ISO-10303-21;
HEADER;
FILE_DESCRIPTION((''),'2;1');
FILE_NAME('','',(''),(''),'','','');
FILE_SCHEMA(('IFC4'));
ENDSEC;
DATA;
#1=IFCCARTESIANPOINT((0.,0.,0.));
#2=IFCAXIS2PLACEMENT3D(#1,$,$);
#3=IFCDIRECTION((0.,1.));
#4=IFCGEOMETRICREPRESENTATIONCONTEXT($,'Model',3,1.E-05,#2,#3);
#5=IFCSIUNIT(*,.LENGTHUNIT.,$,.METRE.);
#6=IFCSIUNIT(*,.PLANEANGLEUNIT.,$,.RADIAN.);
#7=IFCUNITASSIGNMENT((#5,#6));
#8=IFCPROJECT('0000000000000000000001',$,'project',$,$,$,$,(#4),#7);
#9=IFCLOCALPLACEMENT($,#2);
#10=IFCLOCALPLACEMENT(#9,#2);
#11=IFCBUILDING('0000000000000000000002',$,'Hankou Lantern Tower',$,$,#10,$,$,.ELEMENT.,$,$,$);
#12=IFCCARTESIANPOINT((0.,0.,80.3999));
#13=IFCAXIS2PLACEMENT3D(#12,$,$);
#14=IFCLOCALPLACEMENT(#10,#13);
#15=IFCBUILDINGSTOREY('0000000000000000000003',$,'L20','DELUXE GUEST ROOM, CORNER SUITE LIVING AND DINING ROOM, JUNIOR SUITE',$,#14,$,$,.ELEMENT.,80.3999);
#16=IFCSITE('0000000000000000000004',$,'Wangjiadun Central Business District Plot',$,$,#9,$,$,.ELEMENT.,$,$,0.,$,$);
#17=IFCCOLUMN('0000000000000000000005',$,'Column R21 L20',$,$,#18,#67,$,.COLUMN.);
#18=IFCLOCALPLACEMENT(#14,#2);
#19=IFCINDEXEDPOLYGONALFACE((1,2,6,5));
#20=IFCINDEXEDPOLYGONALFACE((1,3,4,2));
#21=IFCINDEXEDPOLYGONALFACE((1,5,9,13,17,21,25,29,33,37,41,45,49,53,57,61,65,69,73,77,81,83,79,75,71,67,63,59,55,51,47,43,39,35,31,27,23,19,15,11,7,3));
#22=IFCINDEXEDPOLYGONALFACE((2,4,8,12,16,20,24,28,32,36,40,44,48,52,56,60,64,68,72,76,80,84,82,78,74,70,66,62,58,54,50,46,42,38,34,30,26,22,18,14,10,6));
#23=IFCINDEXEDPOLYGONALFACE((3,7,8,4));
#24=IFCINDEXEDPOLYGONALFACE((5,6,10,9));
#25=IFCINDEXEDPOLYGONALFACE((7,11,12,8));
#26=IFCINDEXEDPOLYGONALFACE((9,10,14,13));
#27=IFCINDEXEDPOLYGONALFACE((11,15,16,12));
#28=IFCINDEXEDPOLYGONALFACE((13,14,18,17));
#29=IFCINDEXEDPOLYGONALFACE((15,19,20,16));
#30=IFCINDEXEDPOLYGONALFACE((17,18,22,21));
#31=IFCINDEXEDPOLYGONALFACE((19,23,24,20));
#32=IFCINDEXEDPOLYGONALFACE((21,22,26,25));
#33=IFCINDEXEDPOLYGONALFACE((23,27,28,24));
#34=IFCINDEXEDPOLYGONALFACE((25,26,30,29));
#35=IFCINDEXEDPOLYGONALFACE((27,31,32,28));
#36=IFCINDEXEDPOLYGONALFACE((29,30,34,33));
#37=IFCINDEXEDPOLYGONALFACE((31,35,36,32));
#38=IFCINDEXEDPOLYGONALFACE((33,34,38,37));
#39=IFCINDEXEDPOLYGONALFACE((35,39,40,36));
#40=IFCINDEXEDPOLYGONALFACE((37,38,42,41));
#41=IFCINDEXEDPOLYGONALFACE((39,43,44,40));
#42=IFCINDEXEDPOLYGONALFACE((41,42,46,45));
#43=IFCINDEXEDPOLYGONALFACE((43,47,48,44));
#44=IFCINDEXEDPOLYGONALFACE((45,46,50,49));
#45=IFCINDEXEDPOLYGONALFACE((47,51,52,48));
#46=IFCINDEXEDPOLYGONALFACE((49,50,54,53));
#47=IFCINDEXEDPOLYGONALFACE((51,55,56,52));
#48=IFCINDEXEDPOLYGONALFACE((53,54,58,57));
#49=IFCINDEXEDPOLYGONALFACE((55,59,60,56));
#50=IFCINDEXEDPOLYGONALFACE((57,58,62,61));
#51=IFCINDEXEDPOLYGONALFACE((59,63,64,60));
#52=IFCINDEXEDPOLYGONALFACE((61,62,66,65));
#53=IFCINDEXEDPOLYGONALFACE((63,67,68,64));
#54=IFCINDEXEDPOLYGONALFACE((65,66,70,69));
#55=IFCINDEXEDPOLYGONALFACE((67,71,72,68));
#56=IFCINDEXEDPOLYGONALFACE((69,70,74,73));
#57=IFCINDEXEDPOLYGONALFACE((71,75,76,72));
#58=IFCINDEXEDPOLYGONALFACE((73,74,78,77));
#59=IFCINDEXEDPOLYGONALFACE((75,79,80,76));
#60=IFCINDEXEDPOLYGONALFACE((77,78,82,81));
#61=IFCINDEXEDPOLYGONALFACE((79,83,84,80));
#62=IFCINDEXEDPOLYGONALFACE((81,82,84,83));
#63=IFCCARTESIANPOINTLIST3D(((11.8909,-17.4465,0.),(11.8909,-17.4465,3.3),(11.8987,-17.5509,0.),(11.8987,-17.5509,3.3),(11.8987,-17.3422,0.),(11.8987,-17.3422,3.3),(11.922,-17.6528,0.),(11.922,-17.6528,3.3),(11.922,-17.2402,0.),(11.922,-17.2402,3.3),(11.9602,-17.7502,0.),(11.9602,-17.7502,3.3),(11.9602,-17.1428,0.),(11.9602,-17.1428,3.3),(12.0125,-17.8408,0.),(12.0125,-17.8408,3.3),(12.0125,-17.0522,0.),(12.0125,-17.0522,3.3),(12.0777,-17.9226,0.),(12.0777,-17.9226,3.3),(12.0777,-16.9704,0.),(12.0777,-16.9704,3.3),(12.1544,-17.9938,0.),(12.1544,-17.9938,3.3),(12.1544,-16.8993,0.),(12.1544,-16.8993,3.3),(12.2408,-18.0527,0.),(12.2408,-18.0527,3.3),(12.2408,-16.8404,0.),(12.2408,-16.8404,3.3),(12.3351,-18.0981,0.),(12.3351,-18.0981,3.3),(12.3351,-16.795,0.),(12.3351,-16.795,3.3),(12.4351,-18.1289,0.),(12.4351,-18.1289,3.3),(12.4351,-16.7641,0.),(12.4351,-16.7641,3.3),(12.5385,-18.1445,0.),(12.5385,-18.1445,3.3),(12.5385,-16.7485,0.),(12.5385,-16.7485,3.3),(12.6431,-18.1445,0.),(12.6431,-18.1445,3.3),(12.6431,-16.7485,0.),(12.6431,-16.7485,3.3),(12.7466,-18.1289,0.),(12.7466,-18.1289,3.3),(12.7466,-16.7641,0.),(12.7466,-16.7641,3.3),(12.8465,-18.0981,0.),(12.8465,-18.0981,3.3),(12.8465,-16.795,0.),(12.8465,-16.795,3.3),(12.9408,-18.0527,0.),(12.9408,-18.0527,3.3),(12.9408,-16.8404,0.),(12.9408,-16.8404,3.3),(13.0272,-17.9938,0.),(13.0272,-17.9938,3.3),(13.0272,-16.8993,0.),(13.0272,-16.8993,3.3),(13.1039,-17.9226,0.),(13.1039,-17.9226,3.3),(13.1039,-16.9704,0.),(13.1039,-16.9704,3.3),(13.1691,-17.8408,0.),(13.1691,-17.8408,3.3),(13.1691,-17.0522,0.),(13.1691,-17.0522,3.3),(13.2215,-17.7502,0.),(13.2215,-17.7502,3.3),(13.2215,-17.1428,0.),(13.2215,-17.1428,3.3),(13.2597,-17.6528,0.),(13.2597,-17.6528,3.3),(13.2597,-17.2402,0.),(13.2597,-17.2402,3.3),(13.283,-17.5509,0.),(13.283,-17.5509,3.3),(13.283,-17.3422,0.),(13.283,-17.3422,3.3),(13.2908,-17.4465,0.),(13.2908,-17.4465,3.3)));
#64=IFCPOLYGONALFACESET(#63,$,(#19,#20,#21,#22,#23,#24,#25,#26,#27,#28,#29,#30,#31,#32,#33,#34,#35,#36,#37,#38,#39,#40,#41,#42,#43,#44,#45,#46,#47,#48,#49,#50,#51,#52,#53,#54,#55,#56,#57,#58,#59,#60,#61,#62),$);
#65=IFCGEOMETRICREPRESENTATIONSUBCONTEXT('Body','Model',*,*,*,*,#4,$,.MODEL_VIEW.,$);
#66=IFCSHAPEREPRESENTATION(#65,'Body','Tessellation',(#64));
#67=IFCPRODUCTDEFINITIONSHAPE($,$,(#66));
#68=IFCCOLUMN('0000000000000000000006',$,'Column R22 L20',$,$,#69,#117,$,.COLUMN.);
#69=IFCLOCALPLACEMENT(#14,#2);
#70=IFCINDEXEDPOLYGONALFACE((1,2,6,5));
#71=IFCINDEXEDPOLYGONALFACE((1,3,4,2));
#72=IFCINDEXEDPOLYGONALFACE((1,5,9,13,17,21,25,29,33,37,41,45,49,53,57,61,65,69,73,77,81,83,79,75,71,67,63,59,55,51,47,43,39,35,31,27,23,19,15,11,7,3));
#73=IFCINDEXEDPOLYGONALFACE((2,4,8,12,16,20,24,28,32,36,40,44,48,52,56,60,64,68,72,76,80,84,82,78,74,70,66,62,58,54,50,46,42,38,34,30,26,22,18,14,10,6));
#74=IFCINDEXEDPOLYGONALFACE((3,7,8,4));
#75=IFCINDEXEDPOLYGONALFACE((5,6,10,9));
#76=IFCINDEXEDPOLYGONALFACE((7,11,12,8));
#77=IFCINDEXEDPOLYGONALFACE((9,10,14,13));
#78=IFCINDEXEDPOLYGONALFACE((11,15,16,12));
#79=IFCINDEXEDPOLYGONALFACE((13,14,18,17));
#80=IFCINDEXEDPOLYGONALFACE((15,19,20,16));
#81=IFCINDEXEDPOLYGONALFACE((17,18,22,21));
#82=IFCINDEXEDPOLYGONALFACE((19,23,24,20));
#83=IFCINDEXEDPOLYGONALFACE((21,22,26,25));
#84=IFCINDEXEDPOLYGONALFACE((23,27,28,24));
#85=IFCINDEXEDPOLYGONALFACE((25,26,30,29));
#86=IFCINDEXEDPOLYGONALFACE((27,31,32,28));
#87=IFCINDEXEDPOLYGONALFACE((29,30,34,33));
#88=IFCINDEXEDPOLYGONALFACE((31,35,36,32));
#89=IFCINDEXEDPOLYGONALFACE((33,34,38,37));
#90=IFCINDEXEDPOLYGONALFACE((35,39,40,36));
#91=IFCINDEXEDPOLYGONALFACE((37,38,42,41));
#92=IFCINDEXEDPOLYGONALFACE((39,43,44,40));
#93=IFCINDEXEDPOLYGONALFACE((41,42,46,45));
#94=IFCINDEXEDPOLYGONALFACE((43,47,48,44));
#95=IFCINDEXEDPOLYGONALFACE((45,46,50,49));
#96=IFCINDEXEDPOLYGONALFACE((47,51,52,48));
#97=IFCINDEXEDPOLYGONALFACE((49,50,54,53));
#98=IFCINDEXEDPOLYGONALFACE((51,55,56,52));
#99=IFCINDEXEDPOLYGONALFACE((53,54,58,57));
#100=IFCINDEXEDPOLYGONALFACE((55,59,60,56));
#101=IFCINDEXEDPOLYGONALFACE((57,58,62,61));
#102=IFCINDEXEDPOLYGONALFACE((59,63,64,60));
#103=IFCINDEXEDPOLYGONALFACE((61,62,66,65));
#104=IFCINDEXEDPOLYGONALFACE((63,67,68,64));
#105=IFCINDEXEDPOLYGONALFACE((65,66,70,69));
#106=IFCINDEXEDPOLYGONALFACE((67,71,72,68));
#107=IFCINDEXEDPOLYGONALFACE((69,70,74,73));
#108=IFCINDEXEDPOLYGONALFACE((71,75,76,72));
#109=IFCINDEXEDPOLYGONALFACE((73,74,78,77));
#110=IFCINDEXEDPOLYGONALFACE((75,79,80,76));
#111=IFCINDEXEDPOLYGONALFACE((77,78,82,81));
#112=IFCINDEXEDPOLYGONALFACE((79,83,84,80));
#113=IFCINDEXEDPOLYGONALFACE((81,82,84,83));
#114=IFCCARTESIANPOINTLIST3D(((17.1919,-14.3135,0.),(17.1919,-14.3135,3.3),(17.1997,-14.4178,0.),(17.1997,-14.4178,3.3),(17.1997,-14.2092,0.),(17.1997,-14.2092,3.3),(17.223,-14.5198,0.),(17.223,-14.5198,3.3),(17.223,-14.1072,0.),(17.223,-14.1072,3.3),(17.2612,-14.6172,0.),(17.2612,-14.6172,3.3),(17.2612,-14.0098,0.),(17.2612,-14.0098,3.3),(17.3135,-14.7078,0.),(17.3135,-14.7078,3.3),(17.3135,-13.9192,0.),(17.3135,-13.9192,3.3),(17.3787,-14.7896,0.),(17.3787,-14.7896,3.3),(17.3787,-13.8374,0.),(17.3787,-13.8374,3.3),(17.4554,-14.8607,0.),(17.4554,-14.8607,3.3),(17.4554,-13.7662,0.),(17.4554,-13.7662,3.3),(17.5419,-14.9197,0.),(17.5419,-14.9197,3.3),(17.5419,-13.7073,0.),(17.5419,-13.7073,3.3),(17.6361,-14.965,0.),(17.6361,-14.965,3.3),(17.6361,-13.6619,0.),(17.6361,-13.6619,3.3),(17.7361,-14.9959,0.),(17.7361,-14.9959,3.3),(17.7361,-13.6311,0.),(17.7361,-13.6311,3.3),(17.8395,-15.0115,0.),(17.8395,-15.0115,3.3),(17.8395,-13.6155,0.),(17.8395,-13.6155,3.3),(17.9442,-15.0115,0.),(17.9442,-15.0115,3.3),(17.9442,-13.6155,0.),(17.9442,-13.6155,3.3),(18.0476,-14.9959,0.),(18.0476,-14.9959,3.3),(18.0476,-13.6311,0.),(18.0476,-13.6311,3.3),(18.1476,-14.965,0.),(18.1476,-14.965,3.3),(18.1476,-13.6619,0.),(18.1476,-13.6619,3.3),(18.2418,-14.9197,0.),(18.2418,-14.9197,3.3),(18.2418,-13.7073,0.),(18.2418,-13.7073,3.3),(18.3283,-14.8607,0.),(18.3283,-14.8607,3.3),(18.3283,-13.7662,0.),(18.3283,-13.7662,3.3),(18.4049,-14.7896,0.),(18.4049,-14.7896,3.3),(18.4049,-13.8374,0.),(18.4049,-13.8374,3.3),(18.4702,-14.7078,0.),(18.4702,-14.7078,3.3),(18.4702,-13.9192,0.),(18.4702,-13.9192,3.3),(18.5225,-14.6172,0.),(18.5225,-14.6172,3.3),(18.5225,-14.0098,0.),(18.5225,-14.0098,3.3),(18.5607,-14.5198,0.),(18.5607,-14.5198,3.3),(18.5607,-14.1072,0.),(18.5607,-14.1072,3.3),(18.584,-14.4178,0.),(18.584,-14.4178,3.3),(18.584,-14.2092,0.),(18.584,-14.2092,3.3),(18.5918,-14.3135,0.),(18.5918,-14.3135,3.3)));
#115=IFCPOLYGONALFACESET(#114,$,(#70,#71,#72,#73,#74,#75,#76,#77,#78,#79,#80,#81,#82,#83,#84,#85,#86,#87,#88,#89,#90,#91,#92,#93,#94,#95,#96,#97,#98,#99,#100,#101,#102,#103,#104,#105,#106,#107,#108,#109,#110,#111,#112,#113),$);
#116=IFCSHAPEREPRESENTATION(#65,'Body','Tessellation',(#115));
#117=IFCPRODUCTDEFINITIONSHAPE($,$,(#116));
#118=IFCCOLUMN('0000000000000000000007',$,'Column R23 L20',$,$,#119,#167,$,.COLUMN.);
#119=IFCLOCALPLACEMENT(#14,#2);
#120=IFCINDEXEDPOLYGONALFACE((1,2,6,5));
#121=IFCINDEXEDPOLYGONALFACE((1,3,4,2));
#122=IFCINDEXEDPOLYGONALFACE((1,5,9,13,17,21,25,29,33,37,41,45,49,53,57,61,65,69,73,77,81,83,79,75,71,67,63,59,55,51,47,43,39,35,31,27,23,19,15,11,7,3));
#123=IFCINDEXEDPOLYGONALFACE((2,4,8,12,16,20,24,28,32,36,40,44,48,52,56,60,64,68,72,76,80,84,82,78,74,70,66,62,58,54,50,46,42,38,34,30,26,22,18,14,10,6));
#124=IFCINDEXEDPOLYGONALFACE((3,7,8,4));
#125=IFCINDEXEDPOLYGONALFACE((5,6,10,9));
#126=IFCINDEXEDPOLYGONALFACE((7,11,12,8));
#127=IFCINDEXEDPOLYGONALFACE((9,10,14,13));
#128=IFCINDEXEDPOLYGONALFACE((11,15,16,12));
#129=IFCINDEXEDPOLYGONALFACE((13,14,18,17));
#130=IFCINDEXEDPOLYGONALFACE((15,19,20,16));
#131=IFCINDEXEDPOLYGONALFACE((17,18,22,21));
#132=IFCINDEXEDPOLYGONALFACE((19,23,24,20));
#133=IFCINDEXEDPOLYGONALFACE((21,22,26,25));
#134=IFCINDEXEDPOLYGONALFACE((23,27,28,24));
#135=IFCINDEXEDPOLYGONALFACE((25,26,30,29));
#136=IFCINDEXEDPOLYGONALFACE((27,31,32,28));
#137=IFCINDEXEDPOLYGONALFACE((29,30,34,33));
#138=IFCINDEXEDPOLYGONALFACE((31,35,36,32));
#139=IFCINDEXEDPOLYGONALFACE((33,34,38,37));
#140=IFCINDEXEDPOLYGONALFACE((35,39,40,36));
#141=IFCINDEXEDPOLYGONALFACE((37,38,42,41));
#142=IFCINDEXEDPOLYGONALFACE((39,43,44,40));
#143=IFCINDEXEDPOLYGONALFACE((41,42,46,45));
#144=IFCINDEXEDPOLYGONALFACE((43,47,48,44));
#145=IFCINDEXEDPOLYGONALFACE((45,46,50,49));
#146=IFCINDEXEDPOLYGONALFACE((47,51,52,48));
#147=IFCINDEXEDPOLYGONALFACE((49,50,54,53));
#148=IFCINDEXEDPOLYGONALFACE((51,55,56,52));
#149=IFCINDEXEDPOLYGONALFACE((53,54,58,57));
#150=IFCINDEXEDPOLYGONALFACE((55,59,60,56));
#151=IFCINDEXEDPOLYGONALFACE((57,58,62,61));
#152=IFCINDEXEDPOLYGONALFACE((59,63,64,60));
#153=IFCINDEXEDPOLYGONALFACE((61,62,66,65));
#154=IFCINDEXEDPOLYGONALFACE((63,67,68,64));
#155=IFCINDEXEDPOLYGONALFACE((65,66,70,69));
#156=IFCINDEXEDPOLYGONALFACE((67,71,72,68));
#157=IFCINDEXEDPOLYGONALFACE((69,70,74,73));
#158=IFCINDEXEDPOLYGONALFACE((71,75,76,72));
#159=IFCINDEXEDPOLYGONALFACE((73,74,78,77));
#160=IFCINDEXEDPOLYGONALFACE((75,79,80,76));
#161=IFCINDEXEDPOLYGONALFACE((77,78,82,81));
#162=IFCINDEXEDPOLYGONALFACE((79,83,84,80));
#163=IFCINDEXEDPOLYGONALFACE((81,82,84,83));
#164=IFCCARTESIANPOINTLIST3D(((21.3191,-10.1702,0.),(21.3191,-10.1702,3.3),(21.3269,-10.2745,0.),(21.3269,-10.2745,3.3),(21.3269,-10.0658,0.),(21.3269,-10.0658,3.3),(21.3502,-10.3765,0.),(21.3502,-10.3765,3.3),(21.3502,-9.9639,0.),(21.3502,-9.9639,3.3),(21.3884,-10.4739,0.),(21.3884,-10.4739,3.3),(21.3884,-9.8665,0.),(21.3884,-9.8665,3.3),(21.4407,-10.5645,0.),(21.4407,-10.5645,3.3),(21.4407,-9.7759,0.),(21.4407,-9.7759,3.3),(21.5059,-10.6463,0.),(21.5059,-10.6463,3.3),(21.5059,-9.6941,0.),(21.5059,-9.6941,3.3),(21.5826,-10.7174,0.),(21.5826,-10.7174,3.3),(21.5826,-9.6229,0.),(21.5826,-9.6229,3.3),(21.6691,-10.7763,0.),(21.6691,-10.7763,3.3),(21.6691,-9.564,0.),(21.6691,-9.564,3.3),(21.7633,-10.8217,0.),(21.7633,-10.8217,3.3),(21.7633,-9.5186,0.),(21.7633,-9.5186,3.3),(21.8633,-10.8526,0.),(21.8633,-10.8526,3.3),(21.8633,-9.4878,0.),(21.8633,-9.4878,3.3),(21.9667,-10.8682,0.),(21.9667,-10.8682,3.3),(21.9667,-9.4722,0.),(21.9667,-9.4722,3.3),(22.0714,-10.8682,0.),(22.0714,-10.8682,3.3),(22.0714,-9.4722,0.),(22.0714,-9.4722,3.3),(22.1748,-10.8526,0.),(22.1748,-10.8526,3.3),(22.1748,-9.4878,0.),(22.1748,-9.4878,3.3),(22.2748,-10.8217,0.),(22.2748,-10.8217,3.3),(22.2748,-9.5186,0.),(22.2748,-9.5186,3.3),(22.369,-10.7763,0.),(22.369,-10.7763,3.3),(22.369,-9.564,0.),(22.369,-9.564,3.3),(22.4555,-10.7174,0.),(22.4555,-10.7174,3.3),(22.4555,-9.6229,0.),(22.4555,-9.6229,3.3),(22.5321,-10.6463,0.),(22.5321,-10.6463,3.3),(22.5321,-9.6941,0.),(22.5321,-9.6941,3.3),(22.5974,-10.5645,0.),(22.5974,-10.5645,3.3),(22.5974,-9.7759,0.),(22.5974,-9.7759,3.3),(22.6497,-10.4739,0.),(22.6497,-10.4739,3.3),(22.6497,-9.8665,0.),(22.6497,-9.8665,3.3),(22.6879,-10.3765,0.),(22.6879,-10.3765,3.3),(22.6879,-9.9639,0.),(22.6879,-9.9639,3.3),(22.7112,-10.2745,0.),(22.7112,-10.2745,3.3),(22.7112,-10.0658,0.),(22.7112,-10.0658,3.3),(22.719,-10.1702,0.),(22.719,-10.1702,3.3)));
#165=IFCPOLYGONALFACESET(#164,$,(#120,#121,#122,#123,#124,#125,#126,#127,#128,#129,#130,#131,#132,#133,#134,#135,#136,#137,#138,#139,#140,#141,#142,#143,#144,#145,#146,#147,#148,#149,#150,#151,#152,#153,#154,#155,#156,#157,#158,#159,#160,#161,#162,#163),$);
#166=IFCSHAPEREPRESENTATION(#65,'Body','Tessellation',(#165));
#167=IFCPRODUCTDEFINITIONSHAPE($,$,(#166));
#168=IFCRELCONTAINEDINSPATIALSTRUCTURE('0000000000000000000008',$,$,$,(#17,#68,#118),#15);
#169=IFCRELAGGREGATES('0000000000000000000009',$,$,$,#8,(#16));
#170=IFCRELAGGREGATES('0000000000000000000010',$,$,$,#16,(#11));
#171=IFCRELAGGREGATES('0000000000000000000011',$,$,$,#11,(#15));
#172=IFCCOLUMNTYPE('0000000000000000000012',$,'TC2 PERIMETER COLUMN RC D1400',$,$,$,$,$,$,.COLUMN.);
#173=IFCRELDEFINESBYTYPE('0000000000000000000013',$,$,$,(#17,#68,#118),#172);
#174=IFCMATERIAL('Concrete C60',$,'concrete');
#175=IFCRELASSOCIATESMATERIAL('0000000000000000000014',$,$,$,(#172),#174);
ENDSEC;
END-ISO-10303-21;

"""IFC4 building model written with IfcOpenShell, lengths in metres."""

from ifc_helpers import new_model, si_unit, direction, frame, origin, origin_2d, place, context, subcontext, project, spatial, circle, extrude, material, material_profile, profile_set, type_object, element, save


model = new_model("IFC4")

# Units and contexts
model_context = context("Model", 3, precision=1e-05, world=origin(), true_north=direction((0.0, 1.0)))
body_context = subcontext(model_context, "Body", "Model", "MODEL_VIEW")
ifc_project = project(units=[si_unit("LENGTHUNIT", "METRE"), si_unit("PLANEANGLEUNIT", "RADIAN")], contexts=[model_context])

# Site, building, storey
site_placement = place(None, origin())
site = spatial("IfcSite", under=ifc_project, at=site_placement, Name="Wangjiadun Central Business District Plot", CompositionType="ELEMENT", RefElevation=0.0)
building_placement = place(site_placement, origin())
building = spatial("IfcBuilding", under=site, at=building_placement, Name="Hankou Lantern Tower", CompositionType="ELEMENT")
storey_placement = place(building_placement, frame((0.0, 0.0, 80.3999)))
storey = spatial("IfcBuildingStorey", under=building, at=storey_placement, Name="L20", Description="DELUXE GUEST ROOM, CORNER SUITE LIVING AND DINING ROOM, JUNIOR SUITE", CompositionType="ELEMENT", Elevation=80.3999)

# Columns
ifc_material_1 = material(Name="Concrete C60", Category="concrete")
ifc_material_profile_1 = material_profile(ifc_material_1, circle(Radius=0.7, at=origin_2d()), Name="RC D1400")
ifc_profile_set_1 = profile_set([ifc_material_profile_1], Name="Concrete C60")
column_type = type_object("IfcColumnType", Name="TC2 PERIMETER COLUMN RC D1400", PredefinedType="COLUMN", material=ifc_profile_set_1)
for number, where, z_axis, x_axis, name in (
    (1, (12.5908, -17.4465, 0.0), (0.0, 0.0, 1.0), (1.0, 0.0, 0.0), "Column R21 L20"),
    (2, (17.8918, -14.3135, 0.0), (0.0, 0.0, 1.0), (1.0, 0.0, 0.0), "Column R22 L20"),
    (3, (22.019, -10.1702, 0.0), (0.0, 0.0, 1.0), (1.0, 0.0, 0.0), "Column R23 L20"),
):
    element("IfcColumn", number, at=place(storey_placement, frame(where, z_axis=z_axis, x_axis=x_axis)), inside=storey, type_object=column_type, Name=name, PredefinedType="COLUMN", context=body_context, shape_type="SweptSolid", body=[
        extrude(circle(Radius=0.7, at=origin_2d()), origin(), (0.0, 0.0, 1.0), 3.3),
    ])

save(model, "model.ifc")
